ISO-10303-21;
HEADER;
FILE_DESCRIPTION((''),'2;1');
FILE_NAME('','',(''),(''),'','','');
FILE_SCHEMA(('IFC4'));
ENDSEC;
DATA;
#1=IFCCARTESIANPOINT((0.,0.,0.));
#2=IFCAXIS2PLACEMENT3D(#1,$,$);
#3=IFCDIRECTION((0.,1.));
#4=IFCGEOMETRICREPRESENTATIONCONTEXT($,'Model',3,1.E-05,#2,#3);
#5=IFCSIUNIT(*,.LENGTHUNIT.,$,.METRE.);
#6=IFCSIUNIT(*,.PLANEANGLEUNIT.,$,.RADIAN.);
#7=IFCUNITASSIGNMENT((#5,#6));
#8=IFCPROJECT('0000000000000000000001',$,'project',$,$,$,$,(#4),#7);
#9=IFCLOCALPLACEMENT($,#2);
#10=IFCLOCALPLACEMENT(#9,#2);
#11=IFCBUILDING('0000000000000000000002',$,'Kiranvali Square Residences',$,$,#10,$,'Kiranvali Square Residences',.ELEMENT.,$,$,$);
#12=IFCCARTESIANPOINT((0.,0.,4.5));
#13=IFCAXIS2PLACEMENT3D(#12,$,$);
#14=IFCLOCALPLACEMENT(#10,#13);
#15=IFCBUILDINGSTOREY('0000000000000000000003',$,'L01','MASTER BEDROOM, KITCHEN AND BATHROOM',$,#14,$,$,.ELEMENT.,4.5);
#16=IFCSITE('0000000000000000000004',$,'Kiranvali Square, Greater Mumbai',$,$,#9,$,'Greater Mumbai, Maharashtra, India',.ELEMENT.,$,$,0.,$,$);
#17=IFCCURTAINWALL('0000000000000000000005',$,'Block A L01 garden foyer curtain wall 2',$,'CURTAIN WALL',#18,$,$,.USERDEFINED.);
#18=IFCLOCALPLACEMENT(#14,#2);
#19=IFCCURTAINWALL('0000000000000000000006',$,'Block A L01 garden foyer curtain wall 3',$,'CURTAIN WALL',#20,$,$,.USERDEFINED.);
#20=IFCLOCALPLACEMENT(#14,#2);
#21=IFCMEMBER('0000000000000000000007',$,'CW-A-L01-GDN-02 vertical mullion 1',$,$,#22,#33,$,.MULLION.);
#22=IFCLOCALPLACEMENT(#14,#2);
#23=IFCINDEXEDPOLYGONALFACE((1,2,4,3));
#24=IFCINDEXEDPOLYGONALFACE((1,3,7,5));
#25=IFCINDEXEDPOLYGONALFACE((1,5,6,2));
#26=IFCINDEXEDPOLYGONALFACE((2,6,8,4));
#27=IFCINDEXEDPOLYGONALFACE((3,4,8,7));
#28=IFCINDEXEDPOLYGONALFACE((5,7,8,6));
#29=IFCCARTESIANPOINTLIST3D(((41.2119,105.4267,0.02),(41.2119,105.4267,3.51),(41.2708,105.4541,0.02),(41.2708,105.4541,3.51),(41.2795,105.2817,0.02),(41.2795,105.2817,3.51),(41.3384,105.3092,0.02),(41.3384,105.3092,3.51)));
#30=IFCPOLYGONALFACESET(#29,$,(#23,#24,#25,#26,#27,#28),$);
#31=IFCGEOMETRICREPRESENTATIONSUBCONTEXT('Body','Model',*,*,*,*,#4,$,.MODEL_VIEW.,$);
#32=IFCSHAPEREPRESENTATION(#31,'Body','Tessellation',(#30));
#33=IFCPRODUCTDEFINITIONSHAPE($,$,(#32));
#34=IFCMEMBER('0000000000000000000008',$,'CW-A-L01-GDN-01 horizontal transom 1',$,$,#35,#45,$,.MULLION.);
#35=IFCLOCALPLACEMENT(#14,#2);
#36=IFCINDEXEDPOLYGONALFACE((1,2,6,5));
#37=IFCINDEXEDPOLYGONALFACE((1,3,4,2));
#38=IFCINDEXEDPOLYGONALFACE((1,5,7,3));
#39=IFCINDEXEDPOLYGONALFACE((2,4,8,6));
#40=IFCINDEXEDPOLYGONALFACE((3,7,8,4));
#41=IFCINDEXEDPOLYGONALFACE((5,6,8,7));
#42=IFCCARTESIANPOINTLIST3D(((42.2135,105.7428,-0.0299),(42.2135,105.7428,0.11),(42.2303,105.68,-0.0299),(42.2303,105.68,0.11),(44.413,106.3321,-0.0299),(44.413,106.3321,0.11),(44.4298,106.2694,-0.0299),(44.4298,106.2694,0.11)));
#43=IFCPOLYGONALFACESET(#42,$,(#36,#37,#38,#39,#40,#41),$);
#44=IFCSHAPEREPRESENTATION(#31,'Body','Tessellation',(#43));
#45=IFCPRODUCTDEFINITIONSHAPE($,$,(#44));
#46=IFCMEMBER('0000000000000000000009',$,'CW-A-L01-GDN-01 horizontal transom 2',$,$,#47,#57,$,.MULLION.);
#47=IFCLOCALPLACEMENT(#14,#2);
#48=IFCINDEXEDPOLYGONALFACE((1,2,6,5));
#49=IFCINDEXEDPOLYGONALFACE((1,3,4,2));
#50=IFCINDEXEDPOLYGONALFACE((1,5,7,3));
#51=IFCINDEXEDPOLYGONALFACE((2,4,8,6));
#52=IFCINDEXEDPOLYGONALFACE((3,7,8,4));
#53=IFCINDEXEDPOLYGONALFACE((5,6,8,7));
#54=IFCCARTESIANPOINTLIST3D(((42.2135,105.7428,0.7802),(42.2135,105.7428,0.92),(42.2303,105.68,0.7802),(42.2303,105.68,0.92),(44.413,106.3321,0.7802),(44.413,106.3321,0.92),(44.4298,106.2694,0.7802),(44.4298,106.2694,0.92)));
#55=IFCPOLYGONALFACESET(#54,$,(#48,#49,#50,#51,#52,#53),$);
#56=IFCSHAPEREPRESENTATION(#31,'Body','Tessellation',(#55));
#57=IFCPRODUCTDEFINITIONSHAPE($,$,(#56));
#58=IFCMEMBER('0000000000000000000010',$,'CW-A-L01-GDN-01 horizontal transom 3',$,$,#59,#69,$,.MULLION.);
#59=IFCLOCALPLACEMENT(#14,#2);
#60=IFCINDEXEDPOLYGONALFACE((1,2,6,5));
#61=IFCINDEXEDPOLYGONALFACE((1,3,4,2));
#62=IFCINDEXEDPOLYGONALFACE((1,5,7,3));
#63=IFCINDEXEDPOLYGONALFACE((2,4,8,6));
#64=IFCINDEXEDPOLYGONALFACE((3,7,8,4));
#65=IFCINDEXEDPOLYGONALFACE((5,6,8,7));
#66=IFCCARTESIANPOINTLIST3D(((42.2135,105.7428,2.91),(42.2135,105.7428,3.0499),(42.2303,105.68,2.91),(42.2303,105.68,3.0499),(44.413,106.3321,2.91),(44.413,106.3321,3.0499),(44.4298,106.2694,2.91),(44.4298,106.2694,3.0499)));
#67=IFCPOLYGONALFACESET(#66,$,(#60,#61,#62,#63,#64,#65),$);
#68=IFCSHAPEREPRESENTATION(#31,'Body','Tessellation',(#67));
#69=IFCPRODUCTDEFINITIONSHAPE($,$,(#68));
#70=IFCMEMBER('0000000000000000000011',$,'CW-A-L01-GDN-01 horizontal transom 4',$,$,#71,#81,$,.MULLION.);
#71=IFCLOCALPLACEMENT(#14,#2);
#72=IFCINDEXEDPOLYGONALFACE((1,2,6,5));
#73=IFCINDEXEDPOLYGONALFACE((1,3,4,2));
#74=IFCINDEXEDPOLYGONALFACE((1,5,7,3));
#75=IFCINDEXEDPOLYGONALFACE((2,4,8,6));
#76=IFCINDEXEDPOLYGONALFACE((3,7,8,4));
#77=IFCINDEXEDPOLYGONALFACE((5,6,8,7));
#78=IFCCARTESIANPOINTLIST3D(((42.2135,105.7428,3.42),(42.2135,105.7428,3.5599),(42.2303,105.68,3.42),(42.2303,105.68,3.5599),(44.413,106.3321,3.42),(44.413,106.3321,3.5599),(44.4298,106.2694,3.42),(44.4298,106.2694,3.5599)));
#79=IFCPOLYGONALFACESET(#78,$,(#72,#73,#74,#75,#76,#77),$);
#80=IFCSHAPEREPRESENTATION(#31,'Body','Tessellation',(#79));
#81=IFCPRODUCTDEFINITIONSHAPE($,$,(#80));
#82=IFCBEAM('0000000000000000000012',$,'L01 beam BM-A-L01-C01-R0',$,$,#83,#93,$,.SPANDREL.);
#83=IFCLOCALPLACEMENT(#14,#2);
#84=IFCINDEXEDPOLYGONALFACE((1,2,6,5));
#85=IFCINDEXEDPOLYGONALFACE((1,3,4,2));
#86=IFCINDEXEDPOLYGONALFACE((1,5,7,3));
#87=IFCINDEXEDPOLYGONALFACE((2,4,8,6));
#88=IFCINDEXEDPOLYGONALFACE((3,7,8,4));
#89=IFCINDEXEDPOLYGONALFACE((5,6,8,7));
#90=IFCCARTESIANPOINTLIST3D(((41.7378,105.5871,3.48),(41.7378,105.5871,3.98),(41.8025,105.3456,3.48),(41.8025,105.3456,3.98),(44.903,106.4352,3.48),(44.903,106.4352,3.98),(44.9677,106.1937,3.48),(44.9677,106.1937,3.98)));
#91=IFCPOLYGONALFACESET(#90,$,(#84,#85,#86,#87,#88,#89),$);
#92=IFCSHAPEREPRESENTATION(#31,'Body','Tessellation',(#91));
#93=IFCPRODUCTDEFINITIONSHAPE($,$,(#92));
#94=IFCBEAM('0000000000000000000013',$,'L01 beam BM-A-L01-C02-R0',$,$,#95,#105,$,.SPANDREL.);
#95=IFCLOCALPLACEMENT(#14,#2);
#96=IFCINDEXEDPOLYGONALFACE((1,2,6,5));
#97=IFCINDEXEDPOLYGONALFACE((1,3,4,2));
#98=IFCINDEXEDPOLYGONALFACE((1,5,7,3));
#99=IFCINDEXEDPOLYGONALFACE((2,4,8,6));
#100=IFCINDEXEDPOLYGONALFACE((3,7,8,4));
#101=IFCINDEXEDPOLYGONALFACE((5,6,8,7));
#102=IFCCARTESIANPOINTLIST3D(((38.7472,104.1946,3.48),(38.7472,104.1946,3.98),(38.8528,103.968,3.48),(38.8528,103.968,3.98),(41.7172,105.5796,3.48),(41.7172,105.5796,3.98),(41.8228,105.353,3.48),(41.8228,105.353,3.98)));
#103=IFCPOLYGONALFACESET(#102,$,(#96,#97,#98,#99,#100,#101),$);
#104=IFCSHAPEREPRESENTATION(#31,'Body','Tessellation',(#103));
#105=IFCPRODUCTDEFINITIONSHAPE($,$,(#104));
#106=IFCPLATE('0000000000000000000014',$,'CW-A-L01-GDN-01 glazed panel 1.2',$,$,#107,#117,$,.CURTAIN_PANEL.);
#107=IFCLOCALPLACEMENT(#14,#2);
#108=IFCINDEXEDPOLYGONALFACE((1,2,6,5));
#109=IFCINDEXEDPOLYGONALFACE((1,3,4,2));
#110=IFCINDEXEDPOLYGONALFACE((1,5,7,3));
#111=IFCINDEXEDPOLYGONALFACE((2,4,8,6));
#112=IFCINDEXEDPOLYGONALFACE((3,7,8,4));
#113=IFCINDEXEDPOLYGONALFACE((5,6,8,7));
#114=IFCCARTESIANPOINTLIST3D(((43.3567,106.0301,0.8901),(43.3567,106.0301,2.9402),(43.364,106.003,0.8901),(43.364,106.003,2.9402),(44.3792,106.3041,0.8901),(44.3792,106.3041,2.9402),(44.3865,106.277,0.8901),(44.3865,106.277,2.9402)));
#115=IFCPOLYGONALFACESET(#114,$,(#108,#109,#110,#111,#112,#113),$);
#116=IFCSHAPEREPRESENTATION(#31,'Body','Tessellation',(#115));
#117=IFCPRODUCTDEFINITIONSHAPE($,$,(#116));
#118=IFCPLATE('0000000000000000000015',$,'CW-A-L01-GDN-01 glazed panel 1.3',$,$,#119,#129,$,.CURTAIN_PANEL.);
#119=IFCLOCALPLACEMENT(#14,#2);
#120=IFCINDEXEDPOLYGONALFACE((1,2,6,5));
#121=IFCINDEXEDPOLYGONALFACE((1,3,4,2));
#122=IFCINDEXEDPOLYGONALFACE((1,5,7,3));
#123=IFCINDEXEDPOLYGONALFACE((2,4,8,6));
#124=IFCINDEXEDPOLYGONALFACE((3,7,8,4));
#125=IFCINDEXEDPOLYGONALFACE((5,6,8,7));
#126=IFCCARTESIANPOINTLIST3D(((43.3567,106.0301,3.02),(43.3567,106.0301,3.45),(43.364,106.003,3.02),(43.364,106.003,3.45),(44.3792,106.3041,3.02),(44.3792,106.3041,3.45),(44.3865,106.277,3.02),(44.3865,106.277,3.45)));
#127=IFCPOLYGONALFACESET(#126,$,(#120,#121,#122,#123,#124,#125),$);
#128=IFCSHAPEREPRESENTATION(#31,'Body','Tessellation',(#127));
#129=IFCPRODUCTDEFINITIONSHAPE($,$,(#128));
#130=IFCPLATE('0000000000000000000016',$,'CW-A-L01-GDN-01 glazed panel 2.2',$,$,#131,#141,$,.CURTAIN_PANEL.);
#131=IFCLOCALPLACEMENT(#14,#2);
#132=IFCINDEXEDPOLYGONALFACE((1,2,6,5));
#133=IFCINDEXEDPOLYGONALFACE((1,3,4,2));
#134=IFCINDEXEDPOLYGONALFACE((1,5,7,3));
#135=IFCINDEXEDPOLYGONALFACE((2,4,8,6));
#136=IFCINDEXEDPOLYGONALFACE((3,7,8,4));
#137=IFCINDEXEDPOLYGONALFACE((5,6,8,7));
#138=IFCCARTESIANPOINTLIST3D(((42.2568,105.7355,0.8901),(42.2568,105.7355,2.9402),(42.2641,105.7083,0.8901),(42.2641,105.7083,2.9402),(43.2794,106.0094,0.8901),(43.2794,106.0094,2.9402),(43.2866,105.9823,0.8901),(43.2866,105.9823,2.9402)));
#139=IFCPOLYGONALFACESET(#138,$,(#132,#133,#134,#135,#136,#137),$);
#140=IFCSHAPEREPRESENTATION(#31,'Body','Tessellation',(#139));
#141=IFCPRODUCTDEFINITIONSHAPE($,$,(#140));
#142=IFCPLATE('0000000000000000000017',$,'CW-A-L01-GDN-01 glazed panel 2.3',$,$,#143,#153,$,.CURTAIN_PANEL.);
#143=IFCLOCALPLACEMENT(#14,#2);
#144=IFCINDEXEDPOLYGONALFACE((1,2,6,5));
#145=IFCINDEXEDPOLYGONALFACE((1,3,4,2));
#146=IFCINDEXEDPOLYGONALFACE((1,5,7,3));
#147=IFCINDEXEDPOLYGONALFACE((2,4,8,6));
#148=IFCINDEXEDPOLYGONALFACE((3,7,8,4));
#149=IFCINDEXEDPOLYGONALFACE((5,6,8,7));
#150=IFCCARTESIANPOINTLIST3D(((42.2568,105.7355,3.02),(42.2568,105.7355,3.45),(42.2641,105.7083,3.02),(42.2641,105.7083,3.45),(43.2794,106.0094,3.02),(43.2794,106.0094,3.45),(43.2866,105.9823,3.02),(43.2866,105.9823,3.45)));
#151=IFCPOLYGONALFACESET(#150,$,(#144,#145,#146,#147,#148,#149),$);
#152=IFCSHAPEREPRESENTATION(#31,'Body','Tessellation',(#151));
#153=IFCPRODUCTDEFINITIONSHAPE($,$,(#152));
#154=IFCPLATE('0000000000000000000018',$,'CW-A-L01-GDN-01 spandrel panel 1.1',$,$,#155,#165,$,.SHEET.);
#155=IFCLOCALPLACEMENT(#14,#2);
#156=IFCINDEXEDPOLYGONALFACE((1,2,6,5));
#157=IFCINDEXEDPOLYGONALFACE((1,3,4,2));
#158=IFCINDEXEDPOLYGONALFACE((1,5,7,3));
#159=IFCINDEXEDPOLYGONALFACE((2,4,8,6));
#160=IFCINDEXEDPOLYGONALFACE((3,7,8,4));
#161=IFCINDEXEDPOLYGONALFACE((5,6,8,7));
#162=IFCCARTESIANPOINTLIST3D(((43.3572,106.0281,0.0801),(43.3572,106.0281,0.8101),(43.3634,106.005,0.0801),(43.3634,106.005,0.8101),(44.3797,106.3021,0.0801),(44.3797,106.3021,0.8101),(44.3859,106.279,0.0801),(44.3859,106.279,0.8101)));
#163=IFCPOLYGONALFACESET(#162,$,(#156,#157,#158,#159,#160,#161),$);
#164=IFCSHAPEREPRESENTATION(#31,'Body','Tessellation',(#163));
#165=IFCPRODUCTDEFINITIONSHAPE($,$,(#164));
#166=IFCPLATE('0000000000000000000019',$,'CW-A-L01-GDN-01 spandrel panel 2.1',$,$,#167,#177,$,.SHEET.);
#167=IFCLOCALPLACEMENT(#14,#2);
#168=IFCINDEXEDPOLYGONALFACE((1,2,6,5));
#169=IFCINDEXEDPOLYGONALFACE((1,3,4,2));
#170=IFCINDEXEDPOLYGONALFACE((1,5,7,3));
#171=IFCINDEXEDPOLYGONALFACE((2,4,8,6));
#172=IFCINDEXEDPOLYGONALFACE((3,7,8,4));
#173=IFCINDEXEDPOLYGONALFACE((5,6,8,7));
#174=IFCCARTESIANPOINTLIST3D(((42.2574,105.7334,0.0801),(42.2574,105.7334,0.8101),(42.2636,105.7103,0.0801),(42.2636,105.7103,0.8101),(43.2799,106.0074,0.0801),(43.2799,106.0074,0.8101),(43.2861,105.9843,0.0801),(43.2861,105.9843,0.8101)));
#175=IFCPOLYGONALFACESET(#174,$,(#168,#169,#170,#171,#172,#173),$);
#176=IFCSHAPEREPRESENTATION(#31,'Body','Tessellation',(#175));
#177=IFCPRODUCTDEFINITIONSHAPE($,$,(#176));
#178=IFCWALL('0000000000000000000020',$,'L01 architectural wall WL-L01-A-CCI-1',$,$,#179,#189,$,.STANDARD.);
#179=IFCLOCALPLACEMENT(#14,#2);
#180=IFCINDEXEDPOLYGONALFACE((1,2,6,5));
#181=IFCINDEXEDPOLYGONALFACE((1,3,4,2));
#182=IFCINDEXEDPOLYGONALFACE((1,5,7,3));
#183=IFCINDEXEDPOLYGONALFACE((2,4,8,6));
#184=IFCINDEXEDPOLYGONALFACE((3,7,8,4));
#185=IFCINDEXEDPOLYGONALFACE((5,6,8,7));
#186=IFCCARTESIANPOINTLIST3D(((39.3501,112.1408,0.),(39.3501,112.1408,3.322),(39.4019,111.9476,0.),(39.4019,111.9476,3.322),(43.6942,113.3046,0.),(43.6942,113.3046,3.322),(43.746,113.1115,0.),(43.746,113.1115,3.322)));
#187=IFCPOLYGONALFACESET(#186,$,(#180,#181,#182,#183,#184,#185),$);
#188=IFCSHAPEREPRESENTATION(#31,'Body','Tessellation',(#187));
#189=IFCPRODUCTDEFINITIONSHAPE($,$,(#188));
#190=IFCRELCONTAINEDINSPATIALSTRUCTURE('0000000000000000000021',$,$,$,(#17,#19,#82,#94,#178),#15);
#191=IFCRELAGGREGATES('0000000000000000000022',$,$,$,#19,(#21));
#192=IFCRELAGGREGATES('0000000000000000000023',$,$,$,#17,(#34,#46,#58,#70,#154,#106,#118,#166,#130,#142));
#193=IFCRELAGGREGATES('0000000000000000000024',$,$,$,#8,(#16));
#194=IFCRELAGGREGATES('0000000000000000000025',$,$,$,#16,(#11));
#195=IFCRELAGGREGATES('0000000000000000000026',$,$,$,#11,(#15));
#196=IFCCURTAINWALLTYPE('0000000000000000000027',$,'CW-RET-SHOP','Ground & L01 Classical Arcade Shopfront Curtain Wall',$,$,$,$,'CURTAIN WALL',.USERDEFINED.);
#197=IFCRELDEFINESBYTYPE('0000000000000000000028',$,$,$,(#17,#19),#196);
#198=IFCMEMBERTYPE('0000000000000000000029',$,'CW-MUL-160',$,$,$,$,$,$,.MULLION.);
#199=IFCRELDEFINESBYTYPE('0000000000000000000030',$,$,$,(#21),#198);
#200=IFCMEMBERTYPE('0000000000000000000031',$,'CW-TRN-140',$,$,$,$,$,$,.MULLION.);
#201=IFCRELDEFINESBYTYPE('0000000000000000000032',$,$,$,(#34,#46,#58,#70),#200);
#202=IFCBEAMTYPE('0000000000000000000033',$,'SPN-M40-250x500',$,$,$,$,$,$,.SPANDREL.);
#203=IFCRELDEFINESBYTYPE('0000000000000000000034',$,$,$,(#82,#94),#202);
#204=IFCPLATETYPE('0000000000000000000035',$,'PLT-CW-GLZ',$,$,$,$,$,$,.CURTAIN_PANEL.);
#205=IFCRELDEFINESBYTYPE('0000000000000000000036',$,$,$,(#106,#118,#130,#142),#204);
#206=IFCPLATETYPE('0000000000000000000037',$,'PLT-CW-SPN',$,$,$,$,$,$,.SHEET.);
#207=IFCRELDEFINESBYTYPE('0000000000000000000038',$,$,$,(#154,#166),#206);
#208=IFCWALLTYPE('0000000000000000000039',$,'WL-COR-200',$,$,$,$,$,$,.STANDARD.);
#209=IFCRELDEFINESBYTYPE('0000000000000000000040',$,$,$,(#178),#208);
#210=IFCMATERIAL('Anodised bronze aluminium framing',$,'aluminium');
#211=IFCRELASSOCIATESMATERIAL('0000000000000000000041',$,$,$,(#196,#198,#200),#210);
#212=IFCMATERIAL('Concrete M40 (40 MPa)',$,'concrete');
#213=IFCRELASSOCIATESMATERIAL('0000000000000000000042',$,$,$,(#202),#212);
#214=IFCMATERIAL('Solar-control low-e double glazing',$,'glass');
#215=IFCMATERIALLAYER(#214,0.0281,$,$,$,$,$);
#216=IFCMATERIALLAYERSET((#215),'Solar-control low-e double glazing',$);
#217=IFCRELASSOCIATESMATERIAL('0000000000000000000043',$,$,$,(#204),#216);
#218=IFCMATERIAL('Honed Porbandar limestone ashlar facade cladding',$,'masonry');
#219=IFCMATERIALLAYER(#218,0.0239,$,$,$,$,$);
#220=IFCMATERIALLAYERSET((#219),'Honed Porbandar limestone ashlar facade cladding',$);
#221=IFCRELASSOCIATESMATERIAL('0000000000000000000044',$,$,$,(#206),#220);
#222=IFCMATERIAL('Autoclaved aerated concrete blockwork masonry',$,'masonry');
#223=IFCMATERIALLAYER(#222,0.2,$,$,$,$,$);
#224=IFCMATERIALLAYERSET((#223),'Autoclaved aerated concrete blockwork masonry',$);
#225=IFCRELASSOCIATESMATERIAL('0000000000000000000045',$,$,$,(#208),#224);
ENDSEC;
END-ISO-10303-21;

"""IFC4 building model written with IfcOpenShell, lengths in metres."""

from ifc_helpers import new_model, si_unit, direction, frame, frame_2d, origin, origin_2d, place, context, subcontext, project, spatial, rectangle, extrude, material, layer, layer_set, material_profile, profile_set, type_object, element, aggregate, save


model = new_model("IFC4")

# Units and contexts
model_context = context("Model", 3, precision=1e-05, world=origin(), true_north=direction((0.0, 1.0)))
body_context = subcontext(model_context, "Body", "Model", "MODEL_VIEW")
ifc_project = project(units=[si_unit("LENGTHUNIT", "METRE"), si_unit("PLANEANGLEUNIT", "RADIAN")], contexts=[model_context])

# Site, building, storey
site_placement = place(None, origin())
site = spatial("IfcSite", under=ifc_project, at=site_placement, Name="Kiranvali Square, Greater Mumbai", LongName="Greater Mumbai, Maharashtra, India", CompositionType="ELEMENT", RefElevation=0.0)
building_placement = place(site_placement, origin())
building = spatial("IfcBuilding", under=site, at=building_placement, Name="Kiranvali Square Residences", LongName="Kiranvali Square Residences", CompositionType="ELEMENT")
storey_placement = place(building_placement, frame((0.0, 0.0, 4.5)))
storey = spatial("IfcBuildingStorey", under=building, at=storey_placement, Name="L01", Description="MASTER BEDROOM, KITCHEN AND BATHROOM", CompositionType="ELEMENT", Elevation=4.5)

# Shared definitions
ifc_material_1 = material(Name="Concrete M40 (40 MPa)", Category="concrete")

# Shared definitions
ifc_material_2 = material(Name="Anodised bronze aluminium framing", Category="aluminium")
curtain_wall_type = type_object("IfcCurtainWallType", Name="CW-RET-SHOP", Description="Ground & L01 Classical Arcade Shopfront Curtain Wall", ElementType="CURTAIN WALL", PredefinedType="USERDEFINED", material=ifc_material_2)
ifc_material_profile_1 = material_profile(ifc_material_2, rectangle(XDim=0.0649, YDim=0.1599, at=origin_2d()), Name="ALU 65x160")
ifc_profile_set_1 = profile_set([ifc_material_profile_1], Name="Anodised bronze aluminium framing")
member_type_1 = type_object("IfcMemberType", Name="CW-MUL-160", PredefinedType="MULLION", material=ifc_profile_set_1)

# Curtain wall
curtain_wall_1_placement = place(storey_placement, origin())
curtain_wall_1 = element("IfcCurtainWall", 1, at=curtain_wall_1_placement, inside=storey, type_object=curtain_wall_type, Name="Block A L01 garden foyer curtain wall 2", ObjectType="CURTAIN WALL", PredefinedType="USERDEFINED")

# Curtain wall, member
curtain_wall_2_placement = place(storey_placement, origin())
curtain_wall_2 = element("IfcCurtainWall", 2, at=curtain_wall_2_placement, inside=storey, type_object=curtain_wall_type, Name="Block A L01 garden foyer curtain wall 3", ObjectType="CURTAIN WALL", PredefinedType="USERDEFINED")
member_1_placement = place(storey_placement, frame((41.2751, 105.3679, 0.02), z_axis=(0.0, 0.0, 1.0), x_axis=(-0.906308, -0.422618, 0.0)))
member_1 = element("IfcMember", 3, at=member_1_placement, type_object=member_type_1, Name="CW-A-L01-GDN-02 vertical mullion 1", PredefinedType="MULLION", context=body_context, shape_type="SweptSolid", body=[
    extrude(rectangle(XDim=0.0649, YDim=0.1599, at=origin_2d()), origin(), (0.0, 0.0, 1.0), 3.49),
])
aggregate(curtain_wall_2, [member_1])

# Members
ifc_material_profile_2 = material_profile(ifc_material_2, rectangle(XDim=0.0649, YDim=0.1399, at=origin_2d()), Name="ALU 65x140")
ifc_profile_set_2 = profile_set([ifc_material_profile_2], Name="Anodised bronze aluminium framing")
member_type_2 = type_object("IfcMemberType", Name="CW-TRN-140", PredefinedType="MULLION", material=ifc_profile_set_2)
member_2_placement = place(storey_placement, frame((44.4214, 106.3008, 0.04), z_axis=(-0.965925, -0.258824, 0.0), x_axis=(0.258824, -0.965925, 0.0)))
member_2 = element("IfcMember", 4, at=member_2_placement, type_object=member_type_2, Name="CW-A-L01-GDN-01 horizontal transom 1", PredefinedType="MULLION", context=body_context, shape_type="SweptSolid", body=[
    extrude(rectangle(XDim=0.0649, YDim=0.1399, at=origin_2d()), origin(), (0.0, 0.0, 1.0), 2.2771),
])
member_3_placement = place(storey_placement, frame((44.4214, 106.3008, 0.8501), z_axis=(-0.965925, -0.258824, 0.0), x_axis=(0.258824, -0.965925, 0.0)))
member_3 = element("IfcMember", 5, at=member_3_placement, type_object=member_type_2, Name="CW-A-L01-GDN-01 horizontal transom 2", PredefinedType="MULLION", context=body_context, shape_type="SweptSolid", body=[
    extrude(rectangle(XDim=0.0649, YDim=0.1399, at=origin_2d()), origin(), (0.0, 0.0, 1.0), 2.2771),
])
member_4_placement = place(storey_placement, frame((44.4214, 106.3008, 2.98), z_axis=(-0.965925, -0.258824, 0.0), x_axis=(0.258824, -0.965925, 0.0)))
member_4 = element("IfcMember", 6, at=member_4_placement, type_object=member_type_2, Name="CW-A-L01-GDN-01 horizontal transom 3", PredefinedType="MULLION", context=body_context, shape_type="SweptSolid", body=[
    extrude(rectangle(XDim=0.0649, YDim=0.1399, at=origin_2d()), origin(), (0.0, 0.0, 1.0), 2.2771),
])
member_5_placement = place(storey_placement, frame((44.4214, 106.3008, 3.49), z_axis=(-0.965925, -0.258824, 0.0), x_axis=(0.258824, -0.965925, 0.0)))
member_5 = element("IfcMember", 7, at=member_5_placement, type_object=member_type_2, Name="CW-A-L01-GDN-01 horizontal transom 4", PredefinedType="MULLION", context=body_context, shape_type="SweptSolid", body=[
    extrude(rectangle(XDim=0.0649, YDim=0.1399, at=origin_2d()), origin(), (0.0, 0.0, 1.0), 2.2771),
])

# Beams
ifc_material_profile_3 = material_profile(ifc_material_1, rectangle(XDim=0.25, YDim=0.5, at=origin_2d()), Name="RC 250x500")
ifc_profile_set_3 = profile_set([ifc_material_profile_3], Name="Concrete M40 (40 MPa)")
beam_type_1 = type_object("IfcBeamType", Name="SPN-M40-250x500", PredefinedType="SPANDREL", material=ifc_profile_set_3)
beam_1_placement = place(storey_placement, frame((44.9353, 106.3145, 3.73), z_axis=(-0.965925, -0.258822, 0.0), x_axis=(0.258822, -0.965925, 0.0)))
element("IfcBeam", 8, at=beam_1_placement, inside=storey, type_object=beam_type_1, Name="L01 beam BM-A-L01-C01-R0", PredefinedType="SPANDREL", context=body_context, shape_type="SweptSolid", body=[
    extrude(rectangle(XDim=0.25, YDim=0.5, at=origin_2d()), origin(), (0.0, 0.0, 1.0), 3.2769),
])
beam_2_placement = place(storey_placement, frame((41.77, 105.4663, 3.73), z_axis=(-0.906297, -0.422641, 0.0), x_axis=(0.422641, -0.906297, 0.0)))
element("IfcBeam", 9, at=beam_2_placement, inside=storey, type_object=beam_type_1, Name="L01 beam BM-A-L01-C02-R0", PredefinedType="SPANDREL", context=body_context, shape_type="SweptSolid", body=[
    extrude(rectangle(XDim=0.25, YDim=0.5, at=origin_2d()), origin(), (0.0, 0.0, 1.0), 3.2771),
])

# Plates
ifc_material_3 = material(Name="Solar-control low-e double glazing", Category="glass")
ifc_layer_1 = layer(ifc_material_3, 0.0281)
ifc_layer_set_1 = layer_set([ifc_layer_1], Name="Solar-control low-e double glazing")
plate_type_1 = type_object("IfcPlateType", Name="PLT-CW-GLZ", PredefinedType="CURTAIN_PANEL", material=ifc_layer_set_1)
plate_1_placement = place(storey_placement, frame((43.8716, 106.1536, 0.8901), z_axis=(0.0, 0.0, 1.0), x_axis=(-0.965926, -0.258819, 0.0)))
plate_1 = element("IfcPlate", 10, at=plate_1_placement, type_object=plate_type_1, Name="CW-A-L01-GDN-01 glazed panel 1.2", PredefinedType="CURTAIN_PANEL", context=body_context, shape_type="SweptSolid", body=[
    extrude(rectangle(XDim=1.0586, YDim=0.0281, at=origin_2d()), origin(), (0.0, 0.0, 1.0), 2.05),
])
plate_2_placement = place(storey_placement, frame((43.8716, 106.1536, 3.02), z_axis=(0.0, 0.0, 1.0), x_axis=(-0.965926, -0.258819, 0.0)))
plate_2 = element("IfcPlate", 11, at=plate_2_placement, type_object=plate_type_1, Name="CW-A-L01-GDN-01 glazed panel 1.3", PredefinedType="CURTAIN_PANEL", context=body_context, shape_type="SweptSolid", body=[
    extrude(rectangle(XDim=1.0586, YDim=0.0281, at=origin_2d()), origin(), (0.0, 0.0, 1.0), 0.4299),
])
plate_3_placement = place(storey_placement, frame((42.7717, 105.8589, 0.8901), z_axis=(0.0, 0.0, 1.0), x_axis=(-0.965926, -0.258819, 0.0)))
plate_3 = element("IfcPlate", 12, at=plate_3_placement, type_object=plate_type_1, Name="CW-A-L01-GDN-01 glazed panel 2.2", PredefinedType="CURTAIN_PANEL", context=body_context, shape_type="SweptSolid", body=[
    extrude(rectangle(XDim=1.0586, YDim=0.0281, at=origin_2d()), origin(), (0.0, 0.0, 1.0), 2.05),
])
plate_4_placement = place(storey_placement, frame((42.7717, 105.8589, 3.02), z_axis=(0.0, 0.0, 1.0), x_axis=(-0.965926, -0.258819, 0.0)))
plate_4 = element("IfcPlate", 13, at=plate_4_placement, type_object=plate_type_1, Name="CW-A-L01-GDN-01 glazed panel 2.3", PredefinedType="CURTAIN_PANEL", context=body_context, shape_type="SweptSolid", body=[
    extrude(rectangle(XDim=1.0586, YDim=0.0281, at=origin_2d()), origin(), (0.0, 0.0, 1.0), 0.4299),
])
ifc_material_4 = material(Name="Honed Porbandar limestone ashlar facade cladding", Category="masonry")
ifc_layer_2 = layer(ifc_material_4, 0.0239)
ifc_layer_set_2 = layer_set([ifc_layer_2], Name="Honed Porbandar limestone ashlar facade cladding")
plate_type_2 = type_object("IfcPlateType", Name="PLT-CW-SPN", PredefinedType="SHEET", material=ifc_layer_set_2)
plate_5_placement = place(storey_placement, frame((43.8716, 106.1536, 0.0801), z_axis=(0.0, 0.0, 1.0), x_axis=(-0.965926, -0.258819, 0.0)))
plate_5 = element("IfcPlate", 14, at=plate_5_placement, type_object=plate_type_2, Name="CW-A-L01-GDN-01 spandrel panel 1.1", PredefinedType="SHEET", context=body_context, shape_type="SweptSolid", body=[
    extrude(rectangle(XDim=1.0586, YDim=0.0239, at=origin_2d()), origin(), (0.0, 0.0, 1.0), 0.73),
])
plate_6_placement = place(storey_placement, frame((42.7717, 105.8589, 0.0801), z_axis=(0.0, 0.0, 1.0), x_axis=(-0.965926, -0.258819, 0.0)))
plate_6 = element("IfcPlate", 15, at=plate_6_placement, type_object=plate_type_2, Name="CW-A-L01-GDN-01 spandrel panel 2.1", PredefinedType="SHEET", context=body_context, shape_type="SweptSolid", body=[
    extrude(rectangle(XDim=1.0586, YDim=0.0239, at=origin_2d()), origin(), (0.0, 0.0, 1.0), 0.73),
])
aggregate(curtain_wall_1, [member_2, member_3, member_4, member_5, plate_5, plate_1, plate_2, plate_6, plate_3, plate_4])

# Wall
ifc_material_5 = material(Name="Autoclaved aerated concrete blockwork masonry", Category="masonry")
ifc_layer_3 = layer(ifc_material_5, 0.2)
ifc_layer_set_3 = layer_set([ifc_layer_3], Name="Autoclaved aerated concrete blockwork masonry")
wall_type_1 = type_object("IfcWallType", Name="WL-COR-200", PredefinedType="STANDARD", material=ifc_layer_set_3)
wall_1_placement = place(storey_placement, frame((43.72, 113.208, 0.0), z_axis=(0.0, 0.0, 1.0), x_axis=(-0.965934, -0.258788, 0.0)))
element("IfcWall", 16, at=wall_1_placement, inside=storey, type_object=wall_type_1, Name="L01 architectural wall WL-L01-A-CCI-1", PredefinedType="STANDARD", context=body_context, shape_type="SweptSolid", body=[
    extrude(rectangle(XDim=4.4973, YDim=0.2, at=frame_2d((2.2485, 0.0))), origin(), (0.0, 0.0, 1.0), 3.322),
])

save(model, "model.ifc")
